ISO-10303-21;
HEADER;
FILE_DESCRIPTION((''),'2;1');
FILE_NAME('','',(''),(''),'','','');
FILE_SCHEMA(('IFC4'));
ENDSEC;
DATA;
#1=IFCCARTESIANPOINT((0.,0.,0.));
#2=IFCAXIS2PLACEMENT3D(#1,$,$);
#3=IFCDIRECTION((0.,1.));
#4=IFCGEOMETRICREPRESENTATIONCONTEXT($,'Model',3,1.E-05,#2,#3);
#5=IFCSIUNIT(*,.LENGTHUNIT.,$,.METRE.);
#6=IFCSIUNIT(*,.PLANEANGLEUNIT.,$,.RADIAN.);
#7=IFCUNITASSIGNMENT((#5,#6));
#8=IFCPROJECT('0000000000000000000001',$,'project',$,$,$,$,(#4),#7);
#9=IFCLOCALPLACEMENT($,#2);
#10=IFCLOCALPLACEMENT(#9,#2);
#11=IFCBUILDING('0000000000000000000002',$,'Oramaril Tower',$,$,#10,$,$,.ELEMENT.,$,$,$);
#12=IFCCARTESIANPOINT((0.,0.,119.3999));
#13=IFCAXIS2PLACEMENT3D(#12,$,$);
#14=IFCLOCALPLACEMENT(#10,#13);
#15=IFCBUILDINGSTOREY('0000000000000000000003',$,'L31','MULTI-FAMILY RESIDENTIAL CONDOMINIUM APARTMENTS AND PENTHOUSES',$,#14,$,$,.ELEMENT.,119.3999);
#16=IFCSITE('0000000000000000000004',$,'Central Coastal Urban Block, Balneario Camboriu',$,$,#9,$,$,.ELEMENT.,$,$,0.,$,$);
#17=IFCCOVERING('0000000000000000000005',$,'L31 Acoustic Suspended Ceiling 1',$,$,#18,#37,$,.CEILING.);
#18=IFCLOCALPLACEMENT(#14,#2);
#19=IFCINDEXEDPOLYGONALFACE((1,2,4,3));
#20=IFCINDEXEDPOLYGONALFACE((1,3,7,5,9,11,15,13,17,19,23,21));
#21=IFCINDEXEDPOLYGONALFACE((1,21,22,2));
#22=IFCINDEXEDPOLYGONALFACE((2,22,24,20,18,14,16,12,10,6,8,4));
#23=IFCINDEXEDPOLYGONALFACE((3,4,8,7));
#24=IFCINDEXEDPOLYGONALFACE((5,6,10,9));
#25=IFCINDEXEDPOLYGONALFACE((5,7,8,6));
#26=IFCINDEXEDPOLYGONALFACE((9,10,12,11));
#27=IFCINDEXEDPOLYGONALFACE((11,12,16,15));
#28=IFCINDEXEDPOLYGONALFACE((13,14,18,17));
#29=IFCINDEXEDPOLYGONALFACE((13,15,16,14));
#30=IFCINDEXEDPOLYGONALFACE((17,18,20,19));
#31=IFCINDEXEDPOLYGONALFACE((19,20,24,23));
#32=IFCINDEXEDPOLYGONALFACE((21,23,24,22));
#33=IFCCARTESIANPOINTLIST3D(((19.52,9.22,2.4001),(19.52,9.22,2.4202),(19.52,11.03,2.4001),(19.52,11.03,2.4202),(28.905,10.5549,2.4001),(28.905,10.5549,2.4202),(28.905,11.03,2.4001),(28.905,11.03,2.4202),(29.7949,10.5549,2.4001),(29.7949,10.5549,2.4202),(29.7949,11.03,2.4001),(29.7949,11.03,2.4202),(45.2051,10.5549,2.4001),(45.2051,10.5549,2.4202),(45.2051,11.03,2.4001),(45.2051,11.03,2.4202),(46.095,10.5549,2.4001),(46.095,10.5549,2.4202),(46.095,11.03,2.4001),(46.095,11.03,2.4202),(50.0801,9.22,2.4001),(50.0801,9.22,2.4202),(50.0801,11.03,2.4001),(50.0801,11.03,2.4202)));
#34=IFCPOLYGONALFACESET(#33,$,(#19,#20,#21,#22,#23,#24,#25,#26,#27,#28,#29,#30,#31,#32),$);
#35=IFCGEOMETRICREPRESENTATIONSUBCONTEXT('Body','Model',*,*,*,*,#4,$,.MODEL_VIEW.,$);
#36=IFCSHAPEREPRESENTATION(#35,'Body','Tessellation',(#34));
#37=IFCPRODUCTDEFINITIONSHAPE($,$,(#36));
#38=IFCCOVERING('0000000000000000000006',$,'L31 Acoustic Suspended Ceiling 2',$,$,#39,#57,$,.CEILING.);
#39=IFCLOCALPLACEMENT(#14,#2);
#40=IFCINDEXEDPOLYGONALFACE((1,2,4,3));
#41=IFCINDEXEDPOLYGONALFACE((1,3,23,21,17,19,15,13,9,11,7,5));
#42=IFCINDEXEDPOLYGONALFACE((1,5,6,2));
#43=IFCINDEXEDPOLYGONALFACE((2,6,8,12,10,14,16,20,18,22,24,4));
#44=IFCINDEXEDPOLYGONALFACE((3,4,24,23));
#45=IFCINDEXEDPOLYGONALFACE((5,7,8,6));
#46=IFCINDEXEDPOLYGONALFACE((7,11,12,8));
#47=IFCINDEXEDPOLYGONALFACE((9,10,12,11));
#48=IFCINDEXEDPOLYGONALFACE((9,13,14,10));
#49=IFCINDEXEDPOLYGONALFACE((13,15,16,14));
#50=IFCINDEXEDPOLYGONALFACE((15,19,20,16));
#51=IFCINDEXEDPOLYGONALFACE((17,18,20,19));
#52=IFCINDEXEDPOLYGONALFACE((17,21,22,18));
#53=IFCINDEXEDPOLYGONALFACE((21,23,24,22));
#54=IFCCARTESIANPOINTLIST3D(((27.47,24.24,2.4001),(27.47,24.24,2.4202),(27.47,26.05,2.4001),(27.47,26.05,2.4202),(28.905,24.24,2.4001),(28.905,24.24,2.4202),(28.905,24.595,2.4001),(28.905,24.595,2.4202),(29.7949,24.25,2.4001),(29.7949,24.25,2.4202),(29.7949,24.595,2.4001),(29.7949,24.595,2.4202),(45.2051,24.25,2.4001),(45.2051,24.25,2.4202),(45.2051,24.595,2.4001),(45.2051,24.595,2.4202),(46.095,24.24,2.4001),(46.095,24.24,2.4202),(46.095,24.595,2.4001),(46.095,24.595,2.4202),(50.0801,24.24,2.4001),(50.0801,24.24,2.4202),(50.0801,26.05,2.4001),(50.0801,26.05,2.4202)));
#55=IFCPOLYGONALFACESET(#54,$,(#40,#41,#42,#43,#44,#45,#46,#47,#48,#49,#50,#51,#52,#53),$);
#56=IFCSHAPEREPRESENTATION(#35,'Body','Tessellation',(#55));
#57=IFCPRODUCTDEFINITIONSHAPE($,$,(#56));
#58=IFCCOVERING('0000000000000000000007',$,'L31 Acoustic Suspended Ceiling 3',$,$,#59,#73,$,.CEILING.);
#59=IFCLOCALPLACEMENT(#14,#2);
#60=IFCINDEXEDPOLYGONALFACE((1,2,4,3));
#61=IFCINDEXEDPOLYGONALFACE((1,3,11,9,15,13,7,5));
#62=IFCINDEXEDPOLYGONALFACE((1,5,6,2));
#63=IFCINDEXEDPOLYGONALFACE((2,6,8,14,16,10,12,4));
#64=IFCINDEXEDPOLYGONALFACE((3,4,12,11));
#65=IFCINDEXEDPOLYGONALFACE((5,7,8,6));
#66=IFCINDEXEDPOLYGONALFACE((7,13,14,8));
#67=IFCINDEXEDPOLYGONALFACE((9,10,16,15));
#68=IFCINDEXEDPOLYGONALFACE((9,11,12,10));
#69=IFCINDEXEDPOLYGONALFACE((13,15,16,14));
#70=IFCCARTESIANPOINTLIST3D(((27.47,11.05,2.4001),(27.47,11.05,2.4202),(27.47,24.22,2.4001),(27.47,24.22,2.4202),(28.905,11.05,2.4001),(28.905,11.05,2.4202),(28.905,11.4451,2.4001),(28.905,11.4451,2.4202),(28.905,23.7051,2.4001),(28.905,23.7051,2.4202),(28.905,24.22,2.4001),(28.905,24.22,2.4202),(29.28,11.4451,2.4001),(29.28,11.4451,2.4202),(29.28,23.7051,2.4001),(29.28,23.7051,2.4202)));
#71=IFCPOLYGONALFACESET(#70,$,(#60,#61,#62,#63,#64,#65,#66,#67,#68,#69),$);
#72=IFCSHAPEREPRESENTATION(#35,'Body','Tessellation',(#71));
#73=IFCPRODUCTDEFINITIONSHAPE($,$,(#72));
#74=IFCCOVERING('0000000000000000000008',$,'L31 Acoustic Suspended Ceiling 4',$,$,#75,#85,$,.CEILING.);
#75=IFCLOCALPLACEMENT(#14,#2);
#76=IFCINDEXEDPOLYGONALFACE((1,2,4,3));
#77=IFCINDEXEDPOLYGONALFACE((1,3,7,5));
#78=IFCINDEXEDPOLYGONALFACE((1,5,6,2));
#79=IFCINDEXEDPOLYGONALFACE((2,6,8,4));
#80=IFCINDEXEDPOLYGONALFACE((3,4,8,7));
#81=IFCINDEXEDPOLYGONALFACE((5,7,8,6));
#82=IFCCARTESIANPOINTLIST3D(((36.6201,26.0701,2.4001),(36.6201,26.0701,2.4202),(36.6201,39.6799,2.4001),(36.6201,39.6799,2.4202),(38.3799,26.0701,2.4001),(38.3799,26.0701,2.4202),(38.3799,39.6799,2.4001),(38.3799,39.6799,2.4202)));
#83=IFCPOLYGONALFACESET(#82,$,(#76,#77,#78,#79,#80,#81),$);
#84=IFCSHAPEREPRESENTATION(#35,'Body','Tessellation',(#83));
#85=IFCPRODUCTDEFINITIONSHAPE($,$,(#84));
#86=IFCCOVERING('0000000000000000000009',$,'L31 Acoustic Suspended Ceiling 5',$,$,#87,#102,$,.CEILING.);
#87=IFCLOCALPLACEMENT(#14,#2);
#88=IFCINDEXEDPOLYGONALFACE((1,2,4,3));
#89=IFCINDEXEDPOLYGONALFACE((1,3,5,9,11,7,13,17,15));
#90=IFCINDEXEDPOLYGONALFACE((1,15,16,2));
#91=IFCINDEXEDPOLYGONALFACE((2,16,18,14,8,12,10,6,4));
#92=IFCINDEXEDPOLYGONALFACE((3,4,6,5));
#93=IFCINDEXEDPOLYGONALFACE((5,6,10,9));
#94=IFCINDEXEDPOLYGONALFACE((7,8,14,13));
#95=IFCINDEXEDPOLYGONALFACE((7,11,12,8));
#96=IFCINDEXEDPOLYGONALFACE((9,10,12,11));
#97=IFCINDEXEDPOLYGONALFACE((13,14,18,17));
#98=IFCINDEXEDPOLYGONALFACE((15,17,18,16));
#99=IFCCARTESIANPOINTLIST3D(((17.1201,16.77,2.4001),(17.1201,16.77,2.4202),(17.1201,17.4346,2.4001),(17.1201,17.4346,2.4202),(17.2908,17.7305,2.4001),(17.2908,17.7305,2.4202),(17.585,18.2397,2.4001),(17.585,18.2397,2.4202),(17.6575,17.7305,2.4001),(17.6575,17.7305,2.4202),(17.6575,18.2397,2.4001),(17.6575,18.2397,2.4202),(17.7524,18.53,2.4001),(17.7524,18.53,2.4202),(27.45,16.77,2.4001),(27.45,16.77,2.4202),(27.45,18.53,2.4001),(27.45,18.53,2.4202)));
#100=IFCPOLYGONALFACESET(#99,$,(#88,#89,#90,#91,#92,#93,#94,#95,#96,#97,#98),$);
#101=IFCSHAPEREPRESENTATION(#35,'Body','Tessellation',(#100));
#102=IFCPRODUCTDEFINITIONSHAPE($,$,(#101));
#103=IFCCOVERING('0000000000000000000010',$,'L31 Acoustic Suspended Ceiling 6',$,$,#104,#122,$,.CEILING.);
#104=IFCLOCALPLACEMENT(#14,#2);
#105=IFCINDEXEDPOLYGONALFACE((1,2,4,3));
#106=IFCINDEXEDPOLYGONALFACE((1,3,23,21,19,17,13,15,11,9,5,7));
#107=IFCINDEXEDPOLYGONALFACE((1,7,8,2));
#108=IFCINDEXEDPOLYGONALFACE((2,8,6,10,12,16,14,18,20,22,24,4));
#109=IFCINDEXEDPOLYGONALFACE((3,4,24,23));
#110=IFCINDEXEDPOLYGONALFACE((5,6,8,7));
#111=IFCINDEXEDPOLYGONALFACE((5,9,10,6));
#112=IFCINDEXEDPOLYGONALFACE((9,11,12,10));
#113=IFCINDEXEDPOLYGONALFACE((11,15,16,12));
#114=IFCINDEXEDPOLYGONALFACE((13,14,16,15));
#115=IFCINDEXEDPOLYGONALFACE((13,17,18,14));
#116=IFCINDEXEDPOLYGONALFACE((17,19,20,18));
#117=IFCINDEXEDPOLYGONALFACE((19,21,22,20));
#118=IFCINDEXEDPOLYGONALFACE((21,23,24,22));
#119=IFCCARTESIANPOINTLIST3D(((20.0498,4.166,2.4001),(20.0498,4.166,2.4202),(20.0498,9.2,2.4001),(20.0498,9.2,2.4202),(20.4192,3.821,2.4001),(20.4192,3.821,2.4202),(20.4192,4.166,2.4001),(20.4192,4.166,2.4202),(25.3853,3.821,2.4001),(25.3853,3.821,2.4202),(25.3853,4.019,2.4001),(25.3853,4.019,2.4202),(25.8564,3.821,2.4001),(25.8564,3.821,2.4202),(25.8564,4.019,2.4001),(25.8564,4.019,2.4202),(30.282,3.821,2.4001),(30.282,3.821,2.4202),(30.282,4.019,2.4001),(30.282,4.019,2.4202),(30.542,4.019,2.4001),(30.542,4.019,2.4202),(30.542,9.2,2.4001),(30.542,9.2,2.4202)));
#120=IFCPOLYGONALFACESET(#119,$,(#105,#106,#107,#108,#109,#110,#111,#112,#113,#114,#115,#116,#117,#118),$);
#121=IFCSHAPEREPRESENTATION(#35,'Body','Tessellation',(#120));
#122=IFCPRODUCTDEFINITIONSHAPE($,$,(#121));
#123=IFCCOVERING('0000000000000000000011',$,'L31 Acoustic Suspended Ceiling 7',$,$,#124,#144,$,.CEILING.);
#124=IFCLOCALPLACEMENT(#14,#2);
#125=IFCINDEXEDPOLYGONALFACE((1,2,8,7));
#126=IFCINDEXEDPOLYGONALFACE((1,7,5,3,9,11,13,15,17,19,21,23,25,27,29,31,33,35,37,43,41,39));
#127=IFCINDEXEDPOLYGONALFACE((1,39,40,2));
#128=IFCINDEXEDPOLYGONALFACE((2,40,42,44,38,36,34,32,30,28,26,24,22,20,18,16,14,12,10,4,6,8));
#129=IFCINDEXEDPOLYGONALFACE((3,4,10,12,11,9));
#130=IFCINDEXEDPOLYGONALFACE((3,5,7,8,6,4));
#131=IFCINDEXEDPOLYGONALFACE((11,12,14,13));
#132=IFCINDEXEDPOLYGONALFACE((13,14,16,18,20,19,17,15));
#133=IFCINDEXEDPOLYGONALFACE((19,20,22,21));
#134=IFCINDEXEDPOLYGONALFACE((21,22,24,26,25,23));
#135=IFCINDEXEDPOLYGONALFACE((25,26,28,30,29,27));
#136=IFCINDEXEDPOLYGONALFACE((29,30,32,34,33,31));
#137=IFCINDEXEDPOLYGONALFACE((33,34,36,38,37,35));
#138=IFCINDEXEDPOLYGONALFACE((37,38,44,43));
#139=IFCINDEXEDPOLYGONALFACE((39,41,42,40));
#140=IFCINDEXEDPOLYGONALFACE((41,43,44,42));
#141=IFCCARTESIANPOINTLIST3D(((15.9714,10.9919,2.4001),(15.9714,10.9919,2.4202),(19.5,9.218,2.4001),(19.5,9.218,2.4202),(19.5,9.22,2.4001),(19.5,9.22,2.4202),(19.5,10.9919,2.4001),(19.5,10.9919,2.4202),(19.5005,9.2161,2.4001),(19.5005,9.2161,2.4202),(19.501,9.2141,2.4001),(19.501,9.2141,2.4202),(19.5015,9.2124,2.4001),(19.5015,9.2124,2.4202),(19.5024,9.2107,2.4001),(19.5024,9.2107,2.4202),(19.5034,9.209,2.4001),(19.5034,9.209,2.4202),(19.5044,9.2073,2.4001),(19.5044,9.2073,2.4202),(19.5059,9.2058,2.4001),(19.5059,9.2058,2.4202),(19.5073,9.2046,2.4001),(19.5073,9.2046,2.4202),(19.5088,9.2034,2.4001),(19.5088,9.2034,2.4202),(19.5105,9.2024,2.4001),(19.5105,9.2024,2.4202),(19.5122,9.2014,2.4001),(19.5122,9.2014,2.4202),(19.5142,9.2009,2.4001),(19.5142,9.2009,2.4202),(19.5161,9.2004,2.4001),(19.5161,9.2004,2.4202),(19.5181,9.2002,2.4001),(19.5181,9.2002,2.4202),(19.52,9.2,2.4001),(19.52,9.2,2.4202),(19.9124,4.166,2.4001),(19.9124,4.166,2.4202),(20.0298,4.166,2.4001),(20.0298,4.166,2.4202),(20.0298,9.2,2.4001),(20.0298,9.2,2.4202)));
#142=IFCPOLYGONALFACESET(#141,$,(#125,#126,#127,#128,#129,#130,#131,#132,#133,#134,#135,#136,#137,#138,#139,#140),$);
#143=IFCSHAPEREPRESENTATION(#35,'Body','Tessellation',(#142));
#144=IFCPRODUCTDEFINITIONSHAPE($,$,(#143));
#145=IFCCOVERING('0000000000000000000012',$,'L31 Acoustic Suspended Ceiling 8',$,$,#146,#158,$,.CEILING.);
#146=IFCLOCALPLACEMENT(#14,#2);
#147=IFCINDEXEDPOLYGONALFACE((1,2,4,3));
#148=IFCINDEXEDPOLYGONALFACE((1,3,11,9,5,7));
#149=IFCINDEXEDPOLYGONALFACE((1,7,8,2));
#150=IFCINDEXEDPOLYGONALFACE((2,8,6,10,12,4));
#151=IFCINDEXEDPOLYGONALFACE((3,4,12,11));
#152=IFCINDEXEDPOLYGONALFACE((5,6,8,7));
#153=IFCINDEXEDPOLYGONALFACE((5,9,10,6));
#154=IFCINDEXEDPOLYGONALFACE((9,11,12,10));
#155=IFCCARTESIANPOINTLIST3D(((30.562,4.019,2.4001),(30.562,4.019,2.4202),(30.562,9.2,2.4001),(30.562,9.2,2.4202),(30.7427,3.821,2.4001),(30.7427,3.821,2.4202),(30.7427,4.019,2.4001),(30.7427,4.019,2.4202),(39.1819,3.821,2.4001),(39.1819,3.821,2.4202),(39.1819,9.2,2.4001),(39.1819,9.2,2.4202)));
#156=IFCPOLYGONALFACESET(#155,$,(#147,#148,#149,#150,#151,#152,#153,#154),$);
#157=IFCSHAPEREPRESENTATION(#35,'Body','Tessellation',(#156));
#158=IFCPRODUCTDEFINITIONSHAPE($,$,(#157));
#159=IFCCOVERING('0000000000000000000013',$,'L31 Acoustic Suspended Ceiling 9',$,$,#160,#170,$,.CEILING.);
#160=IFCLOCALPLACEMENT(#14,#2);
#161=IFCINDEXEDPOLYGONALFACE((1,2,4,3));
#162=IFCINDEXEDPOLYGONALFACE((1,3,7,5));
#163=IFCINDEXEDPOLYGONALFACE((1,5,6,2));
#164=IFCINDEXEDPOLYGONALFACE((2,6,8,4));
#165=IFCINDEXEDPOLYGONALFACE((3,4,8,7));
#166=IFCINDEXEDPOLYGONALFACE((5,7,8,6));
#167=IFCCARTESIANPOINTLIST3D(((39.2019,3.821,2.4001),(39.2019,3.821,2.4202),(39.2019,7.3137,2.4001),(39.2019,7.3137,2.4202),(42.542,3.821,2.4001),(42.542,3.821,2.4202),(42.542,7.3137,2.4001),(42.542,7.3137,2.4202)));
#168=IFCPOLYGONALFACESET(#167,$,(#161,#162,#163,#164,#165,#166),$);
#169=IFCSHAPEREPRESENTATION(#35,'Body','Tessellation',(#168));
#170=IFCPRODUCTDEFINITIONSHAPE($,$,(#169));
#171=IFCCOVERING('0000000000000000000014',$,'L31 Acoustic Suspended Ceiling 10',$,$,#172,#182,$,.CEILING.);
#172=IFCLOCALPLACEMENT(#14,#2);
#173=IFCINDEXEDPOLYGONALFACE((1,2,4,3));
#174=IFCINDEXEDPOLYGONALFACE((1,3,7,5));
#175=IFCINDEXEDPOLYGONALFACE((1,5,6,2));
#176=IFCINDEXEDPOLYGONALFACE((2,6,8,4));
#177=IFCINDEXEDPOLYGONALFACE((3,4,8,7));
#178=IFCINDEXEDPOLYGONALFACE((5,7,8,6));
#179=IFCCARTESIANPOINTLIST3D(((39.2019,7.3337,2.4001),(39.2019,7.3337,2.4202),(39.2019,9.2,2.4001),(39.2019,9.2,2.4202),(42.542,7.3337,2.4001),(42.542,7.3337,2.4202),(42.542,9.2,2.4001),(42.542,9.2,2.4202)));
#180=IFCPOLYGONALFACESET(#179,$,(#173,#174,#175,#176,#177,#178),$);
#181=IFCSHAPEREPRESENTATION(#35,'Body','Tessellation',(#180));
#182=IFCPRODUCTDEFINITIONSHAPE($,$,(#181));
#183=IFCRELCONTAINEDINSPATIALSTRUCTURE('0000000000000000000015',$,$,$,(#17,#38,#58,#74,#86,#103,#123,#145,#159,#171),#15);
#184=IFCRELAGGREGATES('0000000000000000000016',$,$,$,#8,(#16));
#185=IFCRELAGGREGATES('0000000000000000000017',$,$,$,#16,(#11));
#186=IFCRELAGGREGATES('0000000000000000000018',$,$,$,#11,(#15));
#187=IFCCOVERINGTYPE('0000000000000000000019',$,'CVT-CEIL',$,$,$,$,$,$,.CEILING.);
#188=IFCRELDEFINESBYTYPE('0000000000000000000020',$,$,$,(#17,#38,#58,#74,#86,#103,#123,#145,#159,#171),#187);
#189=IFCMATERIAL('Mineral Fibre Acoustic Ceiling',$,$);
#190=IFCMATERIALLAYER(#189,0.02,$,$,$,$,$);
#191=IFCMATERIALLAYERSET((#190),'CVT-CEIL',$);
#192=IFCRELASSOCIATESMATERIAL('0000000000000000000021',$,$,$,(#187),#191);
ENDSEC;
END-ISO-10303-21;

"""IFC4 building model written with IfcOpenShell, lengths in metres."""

from ifc_helpers import new_model, si_unit, direction, frame, origin, place, context, subcontext, project, spatial, polyline, outline, extrude, material, layer, layer_set, type_object, element, save


model = new_model("IFC4")

# Units and contexts
model_context = context("Model", 3, precision=1e-05, world=origin(), true_north=direction((0.0, 1.0)))
body_context = subcontext(model_context, "Body", "Model", "MODEL_VIEW")
ifc_project = project(units=[si_unit("LENGTHUNIT", "METRE"), si_unit("PLANEANGLEUNIT", "RADIAN")], contexts=[model_context])

# Site, building, storey
site_placement = place(None, origin())
site = spatial("IfcSite", under=ifc_project, at=site_placement, Name="Central Coastal Urban Block, Balneario Camboriu", CompositionType="ELEMENT", RefElevation=0.0)
building_placement = place(site_placement, origin())
building = spatial("IfcBuilding", under=site, at=building_placement, Name="Oramaril Tower", CompositionType="ELEMENT")
storey_placement = place(building_placement, frame((0.0, 0.0, 119.3999)))
storey = spatial("IfcBuildingStorey", under=building, at=storey_placement, Name="L31", Description="MULTI-FAMILY RESIDENTIAL CONDOMINIUM APARTMENTS AND PENTHOUSES", CompositionType="ELEMENT", Elevation=119.3999)

# Coverings
ifc_material_1 = material(Name="Mineral Fibre Acoustic Ceiling")
ifc_layer_1 = layer(ifc_material_1, 0.02)
ifc_layer_set_1 = layer_set([ifc_layer_1], Name="CVT-CEIL")
covering_type_1 = type_object("IfcCoveringType", Name="CVT-CEIL", PredefinedType="CEILING", material=ifc_layer_set_1)
covering_1_placement = place(storey_placement, frame((0.0, 0.0, 2.4001)))
element("IfcCovering", 1, at=covering_1_placement, inside=storey, type_object=covering_type_1, Name="L31 Acoustic Suspended Ceiling 1", PredefinedType="CEILING", context=body_context, shape_type="SweptSolid", body=[
    extrude(outline(polyline([(28.905, 10.5549), (29.7949, 10.5549), (29.7949, 11.03), (45.2051, 11.03), (45.2051, 10.5549), (46.095, 10.5549), (46.095, 11.03), (50.0801, 11.03), (50.0801, 9.22), (19.52, 9.22), (19.52, 11.03), (28.905, 11.03), (28.905, 10.5549)])), origin(), (0.0, 0.0, 1.0), 0.02),
])
covering_2_placement = place(storey_placement, frame((0.0, 0.0, 2.4001)))
element("IfcCovering", 2, at=covering_2_placement, inside=storey, type_object=covering_type_1, Name="L31 Acoustic Suspended Ceiling 2", PredefinedType="CEILING", context=body_context, shape_type="SweptSolid", body=[
    extrude(outline(polyline([(50.0801, 24.24), (46.095, 24.24), (46.095, 24.595), (45.2051, 24.595), (45.2051, 24.25), (29.7949, 24.25), (29.7949, 24.595), (28.905, 24.595), (28.905, 24.24), (27.47, 24.24), (27.47, 26.05), (50.0801, 26.05), (50.0801, 24.24)])), origin(), (0.0, 0.0, 1.0), 0.02),
])
covering_3_placement = place(storey_placement, frame((0.0, 0.0, 2.4001)))
element("IfcCovering", 3, at=covering_3_placement, inside=storey, type_object=covering_type_1, Name="L31 Acoustic Suspended Ceiling 3", PredefinedType="CEILING", context=body_context, shape_type="SweptSolid", body=[
    extrude(outline(polyline([(28.905, 23.7051), (29.28, 23.7051), (29.28, 11.4451), (28.905, 11.4451), (28.905, 11.05), (27.47, 11.05), (27.47, 24.22), (28.905, 24.22), (28.905, 23.7051)])), origin(), (0.0, 0.0, 1.0), 0.02),
])
covering_4_placement = place(storey_placement, frame((0.0, 0.0, 2.4001)))
element("IfcCovering", 4, at=covering_4_placement, inside=storey, type_object=covering_type_1, Name="L31 Acoustic Suspended Ceiling 4", PredefinedType="CEILING", context=body_context, shape_type="SweptSolid", body=[
    extrude(outline(polyline([(38.3799, 26.0701), (36.6201, 26.0701), (36.6201, 39.6799), (38.3799, 39.6799), (38.3799, 26.0701)])), origin(), (0.0, 0.0, 1.0), 0.02),
])
covering_5_placement = place(storey_placement, frame((0.0, 0.0, 2.4001)))
element("IfcCovering", 5, at=covering_5_placement, inside=storey, type_object=covering_type_1, Name="L31 Acoustic Suspended Ceiling 5", PredefinedType="CEILING", context=body_context, shape_type="SweptSolid", body=[
    extrude(outline(polyline([(17.1201, 16.77), (17.1201, 17.4346), (17.2908, 17.7305), (17.6575, 17.7305), (17.6575, 18.2397), (17.585, 18.2397), (17.7524, 18.53), (27.45, 18.53), (27.45, 16.77), (17.1201, 16.77)])), origin(), (0.0, 0.0, 1.0), 0.02),
])
covering_6_placement = place(storey_placement, frame((0.0, 0.0, 2.4001)))
element("IfcCovering", 6, at=covering_6_placement, inside=storey, type_object=covering_type_1, Name="L31 Acoustic Suspended Ceiling 6", PredefinedType="CEILING", context=body_context, shape_type="SweptSolid", body=[
    extrude(outline(polyline([(25.8564, 4.019), (25.3853, 4.019), (25.3853, 3.821), (20.4192, 3.821), (20.4192, 4.166), (20.0498, 4.166), (20.0498, 9.2), (30.542, 9.2), (30.542, 4.019), (30.282, 4.019), (30.282, 3.821), (25.8564, 3.821), (25.8564, 4.019)])), origin(), (0.0, 0.0, 1.0), 0.02),
])
covering_7_placement = place(storey_placement, frame((0.0, 0.0, 2.4001)))
element("IfcCovering", 7, at=covering_7_placement, inside=storey, type_object=covering_type_1, Name="L31 Acoustic Suspended Ceiling 7", PredefinedType="CEILING", context=body_context, shape_type="SweptSolid", body=[
    extrude(outline(polyline([(19.9124, 4.166), (15.9714, 10.9919), (19.5, 10.9919), (19.5, 9.22), (19.5, 9.218), (19.5005, 9.2161), (19.501, 9.2141), (19.5015, 9.2124), (19.5024, 9.2107), (19.5034, 9.209), (19.5044, 9.2073), (19.5059, 9.2058), (19.5073, 9.2046), (19.5088, 9.2034), (19.5105, 9.2024), (19.5122, 9.2014), (19.5142, 9.2009), (19.5161, 9.2004), (19.5181, 9.2002), (19.52, 9.2), (20.0298, 9.2), (20.0298, 4.166), (19.9124, 4.166)])), origin(), (0.0, 0.0, 1.0), 0.02),
])
covering_8_placement = place(storey_placement, frame((0.0, 0.0, 2.4001)))
element("IfcCovering", 8, at=covering_8_placement, inside=storey, type_object=covering_type_1, Name="L31 Acoustic Suspended Ceiling 8", PredefinedType="CEILING", context=body_context, shape_type="SweptSolid", body=[
    extrude(outline(polyline([(39.1819, 3.821), (30.7427, 3.821), (30.7427, 4.019), (30.562, 4.019), (30.562, 9.2), (39.1819, 9.2), (39.1819, 3.821)])), origin(), (0.0, 0.0, 1.0), 0.02),
])
covering_9_placement = place(storey_placement, frame((0.0, 0.0, 2.4001)))
element("IfcCovering", 9, at=covering_9_placement, inside=storey, type_object=covering_type_1, Name="L31 Acoustic Suspended Ceiling 9", PredefinedType="CEILING", context=body_context, shape_type="SweptSolid", body=[
    extrude(outline(polyline([(42.542, 7.3137), (42.542, 3.821), (39.2019, 3.821), (39.2019, 7.3137), (42.542, 7.3137)])), origin(), (0.0, 0.0, 1.0), 0.02),
])
covering_10_placement = place(storey_placement, frame((0.0, 0.0, 2.4001)))
element("IfcCovering", 10, at=covering_10_placement, inside=storey, type_object=covering_type_1, Name="L31 Acoustic Suspended Ceiling 10", PredefinedType="CEILING", context=body_context, shape_type="SweptSolid", body=[
    extrude(outline(polyline([(42.542, 7.3337), (39.2019, 7.3337), (39.2019, 9.2), (42.542, 9.2), (42.542, 7.3337)])), origin(), (0.0, 0.0, 1.0), 0.02),
])

save(model, "model.ifc")
